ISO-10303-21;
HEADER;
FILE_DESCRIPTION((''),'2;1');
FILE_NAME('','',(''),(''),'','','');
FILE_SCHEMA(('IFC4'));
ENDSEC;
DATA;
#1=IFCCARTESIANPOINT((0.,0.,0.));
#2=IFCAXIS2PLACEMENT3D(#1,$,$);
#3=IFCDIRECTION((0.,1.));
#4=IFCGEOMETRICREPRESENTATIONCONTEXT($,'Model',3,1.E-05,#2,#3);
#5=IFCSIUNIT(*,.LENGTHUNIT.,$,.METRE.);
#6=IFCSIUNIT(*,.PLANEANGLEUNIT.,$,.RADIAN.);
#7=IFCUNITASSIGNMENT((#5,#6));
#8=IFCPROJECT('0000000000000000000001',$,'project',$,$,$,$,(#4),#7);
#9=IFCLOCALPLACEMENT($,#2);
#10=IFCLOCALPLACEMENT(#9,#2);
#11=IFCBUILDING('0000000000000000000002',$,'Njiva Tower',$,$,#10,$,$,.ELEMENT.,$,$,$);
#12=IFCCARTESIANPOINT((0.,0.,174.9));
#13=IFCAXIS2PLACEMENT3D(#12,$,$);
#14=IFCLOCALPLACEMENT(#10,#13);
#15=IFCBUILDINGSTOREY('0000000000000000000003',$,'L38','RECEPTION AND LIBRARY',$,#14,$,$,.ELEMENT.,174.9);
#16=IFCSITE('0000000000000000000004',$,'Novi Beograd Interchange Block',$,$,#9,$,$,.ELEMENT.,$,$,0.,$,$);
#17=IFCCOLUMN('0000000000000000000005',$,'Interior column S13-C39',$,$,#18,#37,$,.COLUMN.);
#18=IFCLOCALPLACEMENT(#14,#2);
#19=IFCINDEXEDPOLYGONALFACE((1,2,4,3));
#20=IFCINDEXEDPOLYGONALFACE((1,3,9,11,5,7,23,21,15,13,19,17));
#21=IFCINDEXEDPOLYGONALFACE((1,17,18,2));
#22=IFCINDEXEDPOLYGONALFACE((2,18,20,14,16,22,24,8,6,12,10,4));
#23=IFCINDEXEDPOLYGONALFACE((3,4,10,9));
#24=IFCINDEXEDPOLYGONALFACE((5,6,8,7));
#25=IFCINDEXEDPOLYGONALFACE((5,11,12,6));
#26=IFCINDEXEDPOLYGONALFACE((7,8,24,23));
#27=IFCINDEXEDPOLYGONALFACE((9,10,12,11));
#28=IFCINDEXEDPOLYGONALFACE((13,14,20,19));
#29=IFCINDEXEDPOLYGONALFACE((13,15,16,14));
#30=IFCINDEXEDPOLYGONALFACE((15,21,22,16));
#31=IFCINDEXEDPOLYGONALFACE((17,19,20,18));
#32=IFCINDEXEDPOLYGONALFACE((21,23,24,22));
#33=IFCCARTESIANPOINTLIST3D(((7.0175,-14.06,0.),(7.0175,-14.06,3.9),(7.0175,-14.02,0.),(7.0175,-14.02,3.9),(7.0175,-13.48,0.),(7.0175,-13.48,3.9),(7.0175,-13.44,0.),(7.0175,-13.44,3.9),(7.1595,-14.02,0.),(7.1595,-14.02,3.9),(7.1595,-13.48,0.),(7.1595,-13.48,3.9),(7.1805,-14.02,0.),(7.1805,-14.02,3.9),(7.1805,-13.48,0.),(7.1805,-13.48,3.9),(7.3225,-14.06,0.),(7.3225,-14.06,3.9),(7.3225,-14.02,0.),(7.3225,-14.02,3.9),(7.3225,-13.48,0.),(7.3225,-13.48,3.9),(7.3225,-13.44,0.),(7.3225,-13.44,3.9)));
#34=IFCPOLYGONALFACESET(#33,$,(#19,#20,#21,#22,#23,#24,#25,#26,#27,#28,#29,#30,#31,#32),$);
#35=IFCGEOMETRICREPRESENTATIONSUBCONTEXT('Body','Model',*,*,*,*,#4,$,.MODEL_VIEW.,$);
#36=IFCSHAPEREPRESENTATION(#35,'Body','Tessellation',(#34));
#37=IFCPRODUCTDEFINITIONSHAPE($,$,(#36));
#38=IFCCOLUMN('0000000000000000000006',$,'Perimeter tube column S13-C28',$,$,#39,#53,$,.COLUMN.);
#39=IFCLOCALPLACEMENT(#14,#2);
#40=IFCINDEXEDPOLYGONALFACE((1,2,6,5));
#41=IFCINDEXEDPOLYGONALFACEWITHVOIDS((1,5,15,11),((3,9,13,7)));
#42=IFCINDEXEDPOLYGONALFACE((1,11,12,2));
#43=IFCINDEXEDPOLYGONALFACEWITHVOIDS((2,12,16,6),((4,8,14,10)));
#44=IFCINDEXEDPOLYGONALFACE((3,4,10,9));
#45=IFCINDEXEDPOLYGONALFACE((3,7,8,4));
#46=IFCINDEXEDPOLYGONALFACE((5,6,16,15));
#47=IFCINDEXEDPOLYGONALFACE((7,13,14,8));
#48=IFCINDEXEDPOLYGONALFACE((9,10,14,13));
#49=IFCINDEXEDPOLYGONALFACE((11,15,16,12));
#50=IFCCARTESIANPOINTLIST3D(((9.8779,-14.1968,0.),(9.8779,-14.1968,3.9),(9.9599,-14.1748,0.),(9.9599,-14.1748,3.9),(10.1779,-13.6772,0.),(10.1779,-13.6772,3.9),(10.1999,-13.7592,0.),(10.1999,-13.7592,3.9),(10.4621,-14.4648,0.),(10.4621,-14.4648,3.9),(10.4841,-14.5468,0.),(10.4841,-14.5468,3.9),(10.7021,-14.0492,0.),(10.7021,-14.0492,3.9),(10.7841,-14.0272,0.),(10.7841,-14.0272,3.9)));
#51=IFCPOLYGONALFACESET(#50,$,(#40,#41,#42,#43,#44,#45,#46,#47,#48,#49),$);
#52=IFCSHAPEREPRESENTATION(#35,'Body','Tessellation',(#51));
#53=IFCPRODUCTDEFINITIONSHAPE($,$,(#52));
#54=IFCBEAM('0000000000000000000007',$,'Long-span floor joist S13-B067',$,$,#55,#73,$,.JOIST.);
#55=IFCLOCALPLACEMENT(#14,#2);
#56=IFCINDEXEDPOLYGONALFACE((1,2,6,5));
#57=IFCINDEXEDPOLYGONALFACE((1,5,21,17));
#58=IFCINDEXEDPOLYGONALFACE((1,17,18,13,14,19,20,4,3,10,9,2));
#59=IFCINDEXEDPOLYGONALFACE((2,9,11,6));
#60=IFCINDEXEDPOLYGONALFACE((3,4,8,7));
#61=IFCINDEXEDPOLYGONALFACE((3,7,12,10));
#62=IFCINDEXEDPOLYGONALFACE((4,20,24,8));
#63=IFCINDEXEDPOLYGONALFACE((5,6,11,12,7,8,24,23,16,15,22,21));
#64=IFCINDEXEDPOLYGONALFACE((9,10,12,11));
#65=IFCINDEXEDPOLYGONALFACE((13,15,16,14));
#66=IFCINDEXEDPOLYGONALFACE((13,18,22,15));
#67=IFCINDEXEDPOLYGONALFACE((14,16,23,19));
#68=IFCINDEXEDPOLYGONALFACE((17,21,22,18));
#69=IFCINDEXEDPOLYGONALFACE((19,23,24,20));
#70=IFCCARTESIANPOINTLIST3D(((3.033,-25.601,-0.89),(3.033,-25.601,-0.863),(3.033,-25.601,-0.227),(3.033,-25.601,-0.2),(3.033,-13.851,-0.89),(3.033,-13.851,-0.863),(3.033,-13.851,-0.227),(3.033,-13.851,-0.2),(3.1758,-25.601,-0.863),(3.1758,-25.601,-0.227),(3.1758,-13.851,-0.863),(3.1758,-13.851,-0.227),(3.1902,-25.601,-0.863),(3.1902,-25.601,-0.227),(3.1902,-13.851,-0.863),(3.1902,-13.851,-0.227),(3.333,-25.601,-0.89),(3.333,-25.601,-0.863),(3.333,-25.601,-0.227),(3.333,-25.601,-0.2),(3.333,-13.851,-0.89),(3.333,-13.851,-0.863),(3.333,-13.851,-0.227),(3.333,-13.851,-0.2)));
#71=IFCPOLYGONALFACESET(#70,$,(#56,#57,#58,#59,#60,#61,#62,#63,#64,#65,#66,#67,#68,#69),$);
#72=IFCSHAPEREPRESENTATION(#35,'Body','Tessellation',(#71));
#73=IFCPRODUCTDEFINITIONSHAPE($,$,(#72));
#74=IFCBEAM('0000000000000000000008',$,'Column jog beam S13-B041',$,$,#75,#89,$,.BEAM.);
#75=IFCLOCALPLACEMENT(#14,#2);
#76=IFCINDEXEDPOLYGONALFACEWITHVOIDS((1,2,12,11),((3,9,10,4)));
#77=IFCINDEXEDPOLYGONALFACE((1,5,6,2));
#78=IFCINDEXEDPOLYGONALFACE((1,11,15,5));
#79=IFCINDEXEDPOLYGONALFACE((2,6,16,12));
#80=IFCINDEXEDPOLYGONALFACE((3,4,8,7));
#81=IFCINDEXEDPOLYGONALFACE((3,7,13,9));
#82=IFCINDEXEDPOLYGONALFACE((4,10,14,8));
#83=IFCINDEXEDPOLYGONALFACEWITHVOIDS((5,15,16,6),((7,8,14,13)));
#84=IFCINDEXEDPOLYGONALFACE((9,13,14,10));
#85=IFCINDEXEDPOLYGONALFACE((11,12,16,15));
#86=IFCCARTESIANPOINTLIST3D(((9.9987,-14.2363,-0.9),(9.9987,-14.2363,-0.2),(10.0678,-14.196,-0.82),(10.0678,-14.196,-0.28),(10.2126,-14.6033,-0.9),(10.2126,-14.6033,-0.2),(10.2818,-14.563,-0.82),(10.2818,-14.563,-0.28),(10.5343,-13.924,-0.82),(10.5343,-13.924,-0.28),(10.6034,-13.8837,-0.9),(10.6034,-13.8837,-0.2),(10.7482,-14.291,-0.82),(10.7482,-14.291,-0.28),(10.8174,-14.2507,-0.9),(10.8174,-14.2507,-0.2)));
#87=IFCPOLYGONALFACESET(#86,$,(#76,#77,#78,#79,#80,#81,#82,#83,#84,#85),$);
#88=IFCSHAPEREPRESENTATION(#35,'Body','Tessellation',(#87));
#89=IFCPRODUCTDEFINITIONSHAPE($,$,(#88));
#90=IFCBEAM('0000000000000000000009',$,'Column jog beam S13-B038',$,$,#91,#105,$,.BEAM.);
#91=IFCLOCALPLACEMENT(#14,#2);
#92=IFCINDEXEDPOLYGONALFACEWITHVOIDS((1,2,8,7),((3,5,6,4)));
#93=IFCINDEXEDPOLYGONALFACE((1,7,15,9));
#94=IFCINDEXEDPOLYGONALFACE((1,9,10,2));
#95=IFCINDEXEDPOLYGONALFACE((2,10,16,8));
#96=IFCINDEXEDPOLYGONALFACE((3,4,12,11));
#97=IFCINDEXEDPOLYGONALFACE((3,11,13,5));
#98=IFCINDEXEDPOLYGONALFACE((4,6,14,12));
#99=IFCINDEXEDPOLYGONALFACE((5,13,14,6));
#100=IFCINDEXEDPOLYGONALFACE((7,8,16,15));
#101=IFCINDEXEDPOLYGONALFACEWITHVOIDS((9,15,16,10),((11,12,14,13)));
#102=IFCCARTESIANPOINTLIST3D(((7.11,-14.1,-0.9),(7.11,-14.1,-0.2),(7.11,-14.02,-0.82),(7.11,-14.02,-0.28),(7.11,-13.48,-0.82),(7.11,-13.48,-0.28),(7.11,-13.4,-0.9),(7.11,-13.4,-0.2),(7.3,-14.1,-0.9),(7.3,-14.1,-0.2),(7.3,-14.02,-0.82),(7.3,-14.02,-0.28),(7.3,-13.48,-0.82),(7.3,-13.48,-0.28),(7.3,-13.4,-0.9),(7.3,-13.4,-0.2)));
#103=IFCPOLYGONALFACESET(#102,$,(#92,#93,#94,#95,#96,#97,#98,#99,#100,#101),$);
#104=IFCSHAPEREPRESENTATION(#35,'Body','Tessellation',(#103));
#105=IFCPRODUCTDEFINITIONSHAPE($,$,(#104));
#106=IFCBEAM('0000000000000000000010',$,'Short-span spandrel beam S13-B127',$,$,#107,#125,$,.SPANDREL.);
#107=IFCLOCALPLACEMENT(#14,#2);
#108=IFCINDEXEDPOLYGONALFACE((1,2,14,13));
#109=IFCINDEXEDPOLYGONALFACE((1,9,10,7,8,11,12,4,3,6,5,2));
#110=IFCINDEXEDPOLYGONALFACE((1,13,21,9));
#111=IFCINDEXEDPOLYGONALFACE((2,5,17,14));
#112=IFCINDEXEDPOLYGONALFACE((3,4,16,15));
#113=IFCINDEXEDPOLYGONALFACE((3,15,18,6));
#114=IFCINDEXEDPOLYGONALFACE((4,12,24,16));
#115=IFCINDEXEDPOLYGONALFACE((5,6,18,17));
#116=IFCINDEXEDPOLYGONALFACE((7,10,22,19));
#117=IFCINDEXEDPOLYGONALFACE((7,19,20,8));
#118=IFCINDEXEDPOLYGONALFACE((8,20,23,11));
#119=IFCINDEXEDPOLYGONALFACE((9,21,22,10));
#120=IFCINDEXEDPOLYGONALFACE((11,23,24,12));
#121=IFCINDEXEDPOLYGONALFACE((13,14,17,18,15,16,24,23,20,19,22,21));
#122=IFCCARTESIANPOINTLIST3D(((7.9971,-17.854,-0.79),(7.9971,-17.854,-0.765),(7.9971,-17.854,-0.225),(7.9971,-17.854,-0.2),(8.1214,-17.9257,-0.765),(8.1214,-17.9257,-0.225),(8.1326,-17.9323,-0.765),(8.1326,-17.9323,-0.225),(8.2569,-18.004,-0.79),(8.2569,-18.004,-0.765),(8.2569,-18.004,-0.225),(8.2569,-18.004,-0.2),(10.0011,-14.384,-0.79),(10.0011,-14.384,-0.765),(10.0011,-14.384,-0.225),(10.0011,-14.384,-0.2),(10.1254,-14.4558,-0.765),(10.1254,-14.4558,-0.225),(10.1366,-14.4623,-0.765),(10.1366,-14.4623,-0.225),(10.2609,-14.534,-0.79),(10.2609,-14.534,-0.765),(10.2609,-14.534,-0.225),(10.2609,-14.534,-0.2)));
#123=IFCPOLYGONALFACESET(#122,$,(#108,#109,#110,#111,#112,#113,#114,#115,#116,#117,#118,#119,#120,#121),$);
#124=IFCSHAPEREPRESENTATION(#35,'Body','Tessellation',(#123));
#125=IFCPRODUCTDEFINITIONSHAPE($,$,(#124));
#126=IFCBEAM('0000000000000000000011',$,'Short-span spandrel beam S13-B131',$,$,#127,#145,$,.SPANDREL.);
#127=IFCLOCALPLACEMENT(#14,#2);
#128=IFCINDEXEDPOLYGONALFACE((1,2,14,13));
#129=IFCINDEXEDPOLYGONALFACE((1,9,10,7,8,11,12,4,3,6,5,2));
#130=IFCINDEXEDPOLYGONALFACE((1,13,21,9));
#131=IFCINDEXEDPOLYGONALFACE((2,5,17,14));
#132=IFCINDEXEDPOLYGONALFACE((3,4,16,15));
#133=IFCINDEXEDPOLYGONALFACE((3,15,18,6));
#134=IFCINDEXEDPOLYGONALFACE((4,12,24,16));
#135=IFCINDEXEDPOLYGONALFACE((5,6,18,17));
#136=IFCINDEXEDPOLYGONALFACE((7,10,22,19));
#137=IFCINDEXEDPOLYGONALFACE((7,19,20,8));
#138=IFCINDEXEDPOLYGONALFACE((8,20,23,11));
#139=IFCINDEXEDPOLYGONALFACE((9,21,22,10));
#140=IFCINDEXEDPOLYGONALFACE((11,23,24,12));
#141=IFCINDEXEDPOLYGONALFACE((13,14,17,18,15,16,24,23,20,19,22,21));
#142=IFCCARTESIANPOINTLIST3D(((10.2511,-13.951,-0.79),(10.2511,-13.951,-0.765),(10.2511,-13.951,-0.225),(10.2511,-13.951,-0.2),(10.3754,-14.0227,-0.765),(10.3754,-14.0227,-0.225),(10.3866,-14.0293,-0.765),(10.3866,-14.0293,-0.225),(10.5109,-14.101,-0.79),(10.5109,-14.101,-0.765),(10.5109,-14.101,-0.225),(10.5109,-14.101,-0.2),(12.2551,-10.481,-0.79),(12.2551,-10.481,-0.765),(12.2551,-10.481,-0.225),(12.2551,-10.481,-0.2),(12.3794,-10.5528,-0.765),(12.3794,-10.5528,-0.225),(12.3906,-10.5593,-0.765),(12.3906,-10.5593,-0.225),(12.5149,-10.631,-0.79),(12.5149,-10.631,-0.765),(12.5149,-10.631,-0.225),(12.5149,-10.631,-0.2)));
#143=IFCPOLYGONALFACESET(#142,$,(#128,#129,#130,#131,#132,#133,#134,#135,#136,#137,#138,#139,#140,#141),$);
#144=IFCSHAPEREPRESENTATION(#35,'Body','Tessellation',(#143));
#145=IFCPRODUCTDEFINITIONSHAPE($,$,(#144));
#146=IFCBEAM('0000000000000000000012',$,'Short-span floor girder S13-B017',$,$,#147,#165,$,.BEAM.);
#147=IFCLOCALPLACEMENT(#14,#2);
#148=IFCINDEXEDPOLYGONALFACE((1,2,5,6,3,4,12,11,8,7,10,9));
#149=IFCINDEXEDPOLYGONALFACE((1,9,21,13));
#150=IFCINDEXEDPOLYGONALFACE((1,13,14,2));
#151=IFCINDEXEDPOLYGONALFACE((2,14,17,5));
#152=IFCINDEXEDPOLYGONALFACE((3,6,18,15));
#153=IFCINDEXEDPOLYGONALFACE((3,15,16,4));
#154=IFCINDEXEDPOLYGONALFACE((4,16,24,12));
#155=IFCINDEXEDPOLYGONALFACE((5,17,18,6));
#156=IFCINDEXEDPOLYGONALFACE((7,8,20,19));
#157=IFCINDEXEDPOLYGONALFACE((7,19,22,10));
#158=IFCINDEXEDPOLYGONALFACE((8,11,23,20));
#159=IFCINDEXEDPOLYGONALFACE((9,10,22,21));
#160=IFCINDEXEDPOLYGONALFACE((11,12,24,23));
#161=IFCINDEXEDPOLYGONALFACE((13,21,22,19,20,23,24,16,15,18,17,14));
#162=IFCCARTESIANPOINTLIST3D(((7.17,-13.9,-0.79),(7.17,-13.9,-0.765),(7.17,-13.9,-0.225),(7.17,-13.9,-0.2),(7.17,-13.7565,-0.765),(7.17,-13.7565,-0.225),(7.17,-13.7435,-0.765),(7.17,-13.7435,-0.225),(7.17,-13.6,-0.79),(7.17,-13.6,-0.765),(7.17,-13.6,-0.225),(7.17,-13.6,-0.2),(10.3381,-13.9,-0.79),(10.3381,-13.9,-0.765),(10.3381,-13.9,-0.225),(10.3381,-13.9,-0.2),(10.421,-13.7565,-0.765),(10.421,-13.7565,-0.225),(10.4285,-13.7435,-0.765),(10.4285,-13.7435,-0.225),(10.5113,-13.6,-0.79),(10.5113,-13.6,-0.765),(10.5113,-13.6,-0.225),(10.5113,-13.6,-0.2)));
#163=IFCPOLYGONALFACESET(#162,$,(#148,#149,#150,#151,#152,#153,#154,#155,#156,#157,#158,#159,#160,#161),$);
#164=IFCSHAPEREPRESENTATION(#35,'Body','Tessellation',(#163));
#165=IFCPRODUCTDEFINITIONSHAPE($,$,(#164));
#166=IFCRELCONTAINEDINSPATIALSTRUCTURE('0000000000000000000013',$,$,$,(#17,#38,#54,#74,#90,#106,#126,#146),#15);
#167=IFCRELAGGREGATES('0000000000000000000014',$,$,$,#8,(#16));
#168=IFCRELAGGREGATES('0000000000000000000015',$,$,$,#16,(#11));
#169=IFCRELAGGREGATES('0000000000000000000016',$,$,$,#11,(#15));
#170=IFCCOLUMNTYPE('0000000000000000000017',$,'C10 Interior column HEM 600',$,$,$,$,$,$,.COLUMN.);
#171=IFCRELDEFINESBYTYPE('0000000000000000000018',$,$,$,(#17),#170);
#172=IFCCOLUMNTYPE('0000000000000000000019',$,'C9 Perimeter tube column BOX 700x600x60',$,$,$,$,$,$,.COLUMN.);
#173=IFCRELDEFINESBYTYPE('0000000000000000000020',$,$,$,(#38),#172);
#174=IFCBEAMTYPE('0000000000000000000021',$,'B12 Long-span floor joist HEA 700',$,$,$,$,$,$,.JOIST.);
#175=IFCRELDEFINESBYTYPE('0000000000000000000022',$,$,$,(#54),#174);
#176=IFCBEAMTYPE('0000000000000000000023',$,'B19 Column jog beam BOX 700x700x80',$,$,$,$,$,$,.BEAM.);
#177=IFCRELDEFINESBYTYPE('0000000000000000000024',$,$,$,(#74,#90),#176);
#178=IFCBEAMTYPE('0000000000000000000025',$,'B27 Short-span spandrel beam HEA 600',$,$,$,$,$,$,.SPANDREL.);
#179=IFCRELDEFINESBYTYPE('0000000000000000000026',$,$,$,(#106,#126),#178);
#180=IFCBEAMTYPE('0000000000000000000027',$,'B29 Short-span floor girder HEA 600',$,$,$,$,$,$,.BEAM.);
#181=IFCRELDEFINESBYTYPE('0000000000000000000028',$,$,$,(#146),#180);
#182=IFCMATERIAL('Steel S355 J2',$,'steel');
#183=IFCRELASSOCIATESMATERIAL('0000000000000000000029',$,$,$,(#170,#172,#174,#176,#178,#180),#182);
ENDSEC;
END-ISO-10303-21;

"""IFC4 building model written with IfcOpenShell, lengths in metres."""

from ifc_helpers import new_model, si_unit, direction, frame, origin, origin_2d, place, context, subcontext, project, spatial, hollow_rectangle, i_section, extrude, clip, halfspace, material, material_profile, profile_set, type_object, element, save


model = new_model("IFC4")

# Units and contexts
model_context = context("Model", 3, precision=1e-05, world=origin(), true_north=direction((0.0, 1.0)))
body_context = subcontext(model_context, "Body", "Model", "MODEL_VIEW")
ifc_project = project(units=[si_unit("LENGTHUNIT", "METRE"), si_unit("PLANEANGLEUNIT", "RADIAN")], contexts=[model_context])

# Site, building, storey
site_placement = place(None, origin())
site = spatial("IfcSite", under=ifc_project, at=site_placement, Name="Novi Beograd Interchange Block", CompositionType="ELEMENT", RefElevation=0.0)
building_placement = place(site_placement, origin())
building = spatial("IfcBuilding", under=site, at=building_placement, Name="Njiva Tower", CompositionType="ELEMENT")
storey_placement = place(building_placement, frame((0.0, 0.0, 174.9)))
storey = spatial("IfcBuildingStorey", under=building, at=storey_placement, Name="L38", Description="RECEPTION AND LIBRARY", CompositionType="ELEMENT", Elevation=174.9)

# Columns
ifc_material_1 = material(Name="Steel S355 J2", Category="steel")
ifc_material_profile_1 = material_profile(ifc_material_1, i_section(OverallWidth=0.305, OverallDepth=0.62, WebThickness=0.021, FlangeThickness=0.04, at=origin_2d()), Name="HEM 600")
ifc_profile_set_1 = profile_set([ifc_material_profile_1], Name="Steel S355 J2")
column_type_1 = type_object("IfcColumnType", Name="C10 Interior column HEM 600", PredefinedType="COLUMN", material=ifc_profile_set_1)
column_1_placement = place(storey_placement, frame((7.17, -13.75, 0.0), z_axis=(0.0, 0.0, 1.0), x_axis=(1.0, 0.0, 0.0)))
element("IfcColumn", 1, at=column_1_placement, inside=storey, type_object=column_type_1, Name="Interior column S13-C39", PredefinedType="COLUMN", context=body_context, shape_type="SweptSolid", body=[
    extrude(i_section(OverallWidth=0.305, OverallDepth=0.62, WebThickness=0.021, FlangeThickness=0.04, at=origin_2d()), origin(), (0.0, 0.0, 1.0), 3.9),
])
ifc_material_profile_2 = material_profile(ifc_material_1, hollow_rectangle(XDim=0.6, YDim=0.7, WallThickness=0.06, at=origin_2d()), Name="BOX 700x600x60")
ifc_profile_set_2 = profile_set([ifc_material_profile_2], Name="Steel S355 J2")
column_type_2 = type_object("IfcColumnType", Name="C9 Perimeter tube column BOX 700x600x60", PredefinedType="COLUMN", material=ifc_profile_set_2)
column_2_placement = place(storey_placement, frame((10.331, -14.112, 0.0), z_axis=(0.0, 0.0, 1.0), x_axis=(0.5, 0.866025, 0.0)))
element("IfcColumn", 2, at=column_2_placement, inside=storey, type_object=column_type_2, Name="Perimeter tube column S13-C28", PredefinedType="COLUMN", context=body_context, shape_type="SweptSolid", body=[
    extrude(hollow_rectangle(XDim=0.6, YDim=0.7, WallThickness=0.06, at=origin_2d()), origin(), (0.0, 0.0, 1.0), 3.9),
])

# Beams
ifc_material_profile_3 = material_profile(ifc_material_1, i_section(OverallWidth=0.3, OverallDepth=0.69, WebThickness=0.0145, FlangeThickness=0.027, at=origin_2d()), Name="HEA 700")
ifc_profile_set_3 = profile_set([ifc_material_profile_3], Name="Steel S355 J2")
beam_type_1 = type_object("IfcBeamType", Name="B12 Long-span floor joist HEA 700", PredefinedType="JOIST", material=ifc_profile_set_3)
beam_1_placement = place(storey_placement, frame((3.183, -13.851, -0.545), z_axis=(0.0, -1.0, 0.0), x_axis=(1.0, 0.0, 0.0)))
element("IfcBeam", 3, at=beam_1_placement, inside=storey, type_object=beam_type_1, Name="Long-span floor joist S13-B067", PredefinedType="JOIST", context=body_context, shape_type="SweptSolid", body=[
    extrude(i_section(OverallWidth=0.3, OverallDepth=0.69, WebThickness=0.0145, FlangeThickness=0.027, at=origin_2d()), origin(), (0.0, 0.0, 1.0), 11.75),
])
ifc_material_profile_4 = material_profile(ifc_material_1, hollow_rectangle(XDim=0.7, YDim=0.7, WallThickness=0.08, at=origin_2d()), Name="BOX 700x700x80")
ifc_profile_set_4 = profile_set([ifc_material_profile_4], Name="Steel S355 J2")
beam_type_2 = type_object("IfcBeamType", Name="B19 Column jog beam BOX 700x700x80", PredefinedType="BEAM", material=ifc_profile_set_4)
beam_2_placement = place(storey_placement, frame((10.515, -14.427, -0.55), z_axis=(-0.503725, 0.863864, 0.0), x_axis=(-0.863864, -0.503725, 0.0)))
element("IfcBeam", 4, at=beam_2_placement, inside=storey, type_object=beam_type_2, Name="Column jog beam S13-B041", PredefinedType="BEAM", context=body_context, shape_type="SweptSolid", body=[
    extrude(hollow_rectangle(XDim=0.7, YDim=0.7, WallThickness=0.08, at=origin_2d()), origin(), (0.0, 0.0, 1.0), 0.4248),
])
beam_3_placement = place(storey_placement, frame((7.3, -13.75, -0.55), z_axis=(-1.0, 0.0, 0.0), x_axis=(0.0, -1.0, 0.0)))
element("IfcBeam", 5, at=beam_3_placement, inside=storey, type_object=beam_type_2, Name="Column jog beam S13-B038", PredefinedType="BEAM", context=body_context, shape_type="SweptSolid", body=[
    extrude(hollow_rectangle(XDim=0.7, YDim=0.7, WallThickness=0.08, at=origin_2d()), origin(), (0.0, 0.0, 1.0), 0.19),
])
ifc_material_profile_5 = material_profile(ifc_material_1, i_section(OverallWidth=0.3, OverallDepth=0.59, WebThickness=0.013, FlangeThickness=0.025, at=origin_2d()), Name="HEA 600")
ifc_profile_set_5 = profile_set([ifc_material_profile_5], Name="Steel S355 J2")
beam_type_3 = type_object("IfcBeamType", Name="B27 Short-span spandrel beam HEA 600", PredefinedType="SPANDREL", material=ifc_profile_set_5)
for number, where, z_axis, x_axis, name in (
    (6, (8.127, -17.929, -0.495), (0.500111, 0.865961, 0.0), (-0.865961, 0.500111, 0.0), "Short-span spandrel beam S13-B127"),
    (7, (10.381, -14.026, -0.495), (0.500111, 0.865961, 0.0), (-0.865961, 0.500111, 0.0), "Short-span spandrel beam S13-B131"),
):
    element("IfcBeam", number, at=place(storey_placement, frame(where, z_axis=z_axis, x_axis=x_axis)), inside=storey, type_object=beam_type_3, Name=name, PredefinedType="SPANDREL", context=body_context, shape_type="SweptSolid", body=[
        extrude(i_section(OverallWidth=0.3, OverallDepth=0.59, WebThickness=0.013, FlangeThickness=0.025, at=origin_2d()), origin(), (0.0, 0.0, 1.0), 4.0071),
    ])
ifc_material_profile_6 = material_profile(ifc_material_1, i_section(OverallWidth=0.3, OverallDepth=0.59, WebThickness=0.013, FlangeThickness=0.025, at=origin_2d()), Name="HEA 600")
ifc_profile_set_6 = profile_set([ifc_material_profile_6], Name="Steel S355 J2")
beam_type_4 = type_object("IfcBeamType", Name="B29 Short-span floor girder HEA 600", PredefinedType="BEAM", material=ifc_profile_set_6)
beam_4_placement = place(storey_placement, frame((7.17, -13.75, -0.495), z_axis=(1.0, 0.0, 0.0), x_axis=(0.0, 1.0, 0.0)))
element("IfcBeam", 8, at=beam_4_placement, inside=storey, type_object=beam_type_4, Name="Short-span floor girder S13-B017", PredefinedType="BEAM", context=body_context, shape_type="Clipping", body=[
    clip(extrude(i_section(OverallWidth=0.3, OverallDepth=0.59, WebThickness=0.013, FlangeThickness=0.025, at=origin_2d()), origin(), (0.0, 0.0, 1.0), 3.362), halfspace(frame((-0.025, 0.0, 3.2403), z_axis=(-0.499998, 0.0, 0.866027), x_axis=(0.0, 1.0, 0.0)), False)),
])

save(model, "model.ifc")
